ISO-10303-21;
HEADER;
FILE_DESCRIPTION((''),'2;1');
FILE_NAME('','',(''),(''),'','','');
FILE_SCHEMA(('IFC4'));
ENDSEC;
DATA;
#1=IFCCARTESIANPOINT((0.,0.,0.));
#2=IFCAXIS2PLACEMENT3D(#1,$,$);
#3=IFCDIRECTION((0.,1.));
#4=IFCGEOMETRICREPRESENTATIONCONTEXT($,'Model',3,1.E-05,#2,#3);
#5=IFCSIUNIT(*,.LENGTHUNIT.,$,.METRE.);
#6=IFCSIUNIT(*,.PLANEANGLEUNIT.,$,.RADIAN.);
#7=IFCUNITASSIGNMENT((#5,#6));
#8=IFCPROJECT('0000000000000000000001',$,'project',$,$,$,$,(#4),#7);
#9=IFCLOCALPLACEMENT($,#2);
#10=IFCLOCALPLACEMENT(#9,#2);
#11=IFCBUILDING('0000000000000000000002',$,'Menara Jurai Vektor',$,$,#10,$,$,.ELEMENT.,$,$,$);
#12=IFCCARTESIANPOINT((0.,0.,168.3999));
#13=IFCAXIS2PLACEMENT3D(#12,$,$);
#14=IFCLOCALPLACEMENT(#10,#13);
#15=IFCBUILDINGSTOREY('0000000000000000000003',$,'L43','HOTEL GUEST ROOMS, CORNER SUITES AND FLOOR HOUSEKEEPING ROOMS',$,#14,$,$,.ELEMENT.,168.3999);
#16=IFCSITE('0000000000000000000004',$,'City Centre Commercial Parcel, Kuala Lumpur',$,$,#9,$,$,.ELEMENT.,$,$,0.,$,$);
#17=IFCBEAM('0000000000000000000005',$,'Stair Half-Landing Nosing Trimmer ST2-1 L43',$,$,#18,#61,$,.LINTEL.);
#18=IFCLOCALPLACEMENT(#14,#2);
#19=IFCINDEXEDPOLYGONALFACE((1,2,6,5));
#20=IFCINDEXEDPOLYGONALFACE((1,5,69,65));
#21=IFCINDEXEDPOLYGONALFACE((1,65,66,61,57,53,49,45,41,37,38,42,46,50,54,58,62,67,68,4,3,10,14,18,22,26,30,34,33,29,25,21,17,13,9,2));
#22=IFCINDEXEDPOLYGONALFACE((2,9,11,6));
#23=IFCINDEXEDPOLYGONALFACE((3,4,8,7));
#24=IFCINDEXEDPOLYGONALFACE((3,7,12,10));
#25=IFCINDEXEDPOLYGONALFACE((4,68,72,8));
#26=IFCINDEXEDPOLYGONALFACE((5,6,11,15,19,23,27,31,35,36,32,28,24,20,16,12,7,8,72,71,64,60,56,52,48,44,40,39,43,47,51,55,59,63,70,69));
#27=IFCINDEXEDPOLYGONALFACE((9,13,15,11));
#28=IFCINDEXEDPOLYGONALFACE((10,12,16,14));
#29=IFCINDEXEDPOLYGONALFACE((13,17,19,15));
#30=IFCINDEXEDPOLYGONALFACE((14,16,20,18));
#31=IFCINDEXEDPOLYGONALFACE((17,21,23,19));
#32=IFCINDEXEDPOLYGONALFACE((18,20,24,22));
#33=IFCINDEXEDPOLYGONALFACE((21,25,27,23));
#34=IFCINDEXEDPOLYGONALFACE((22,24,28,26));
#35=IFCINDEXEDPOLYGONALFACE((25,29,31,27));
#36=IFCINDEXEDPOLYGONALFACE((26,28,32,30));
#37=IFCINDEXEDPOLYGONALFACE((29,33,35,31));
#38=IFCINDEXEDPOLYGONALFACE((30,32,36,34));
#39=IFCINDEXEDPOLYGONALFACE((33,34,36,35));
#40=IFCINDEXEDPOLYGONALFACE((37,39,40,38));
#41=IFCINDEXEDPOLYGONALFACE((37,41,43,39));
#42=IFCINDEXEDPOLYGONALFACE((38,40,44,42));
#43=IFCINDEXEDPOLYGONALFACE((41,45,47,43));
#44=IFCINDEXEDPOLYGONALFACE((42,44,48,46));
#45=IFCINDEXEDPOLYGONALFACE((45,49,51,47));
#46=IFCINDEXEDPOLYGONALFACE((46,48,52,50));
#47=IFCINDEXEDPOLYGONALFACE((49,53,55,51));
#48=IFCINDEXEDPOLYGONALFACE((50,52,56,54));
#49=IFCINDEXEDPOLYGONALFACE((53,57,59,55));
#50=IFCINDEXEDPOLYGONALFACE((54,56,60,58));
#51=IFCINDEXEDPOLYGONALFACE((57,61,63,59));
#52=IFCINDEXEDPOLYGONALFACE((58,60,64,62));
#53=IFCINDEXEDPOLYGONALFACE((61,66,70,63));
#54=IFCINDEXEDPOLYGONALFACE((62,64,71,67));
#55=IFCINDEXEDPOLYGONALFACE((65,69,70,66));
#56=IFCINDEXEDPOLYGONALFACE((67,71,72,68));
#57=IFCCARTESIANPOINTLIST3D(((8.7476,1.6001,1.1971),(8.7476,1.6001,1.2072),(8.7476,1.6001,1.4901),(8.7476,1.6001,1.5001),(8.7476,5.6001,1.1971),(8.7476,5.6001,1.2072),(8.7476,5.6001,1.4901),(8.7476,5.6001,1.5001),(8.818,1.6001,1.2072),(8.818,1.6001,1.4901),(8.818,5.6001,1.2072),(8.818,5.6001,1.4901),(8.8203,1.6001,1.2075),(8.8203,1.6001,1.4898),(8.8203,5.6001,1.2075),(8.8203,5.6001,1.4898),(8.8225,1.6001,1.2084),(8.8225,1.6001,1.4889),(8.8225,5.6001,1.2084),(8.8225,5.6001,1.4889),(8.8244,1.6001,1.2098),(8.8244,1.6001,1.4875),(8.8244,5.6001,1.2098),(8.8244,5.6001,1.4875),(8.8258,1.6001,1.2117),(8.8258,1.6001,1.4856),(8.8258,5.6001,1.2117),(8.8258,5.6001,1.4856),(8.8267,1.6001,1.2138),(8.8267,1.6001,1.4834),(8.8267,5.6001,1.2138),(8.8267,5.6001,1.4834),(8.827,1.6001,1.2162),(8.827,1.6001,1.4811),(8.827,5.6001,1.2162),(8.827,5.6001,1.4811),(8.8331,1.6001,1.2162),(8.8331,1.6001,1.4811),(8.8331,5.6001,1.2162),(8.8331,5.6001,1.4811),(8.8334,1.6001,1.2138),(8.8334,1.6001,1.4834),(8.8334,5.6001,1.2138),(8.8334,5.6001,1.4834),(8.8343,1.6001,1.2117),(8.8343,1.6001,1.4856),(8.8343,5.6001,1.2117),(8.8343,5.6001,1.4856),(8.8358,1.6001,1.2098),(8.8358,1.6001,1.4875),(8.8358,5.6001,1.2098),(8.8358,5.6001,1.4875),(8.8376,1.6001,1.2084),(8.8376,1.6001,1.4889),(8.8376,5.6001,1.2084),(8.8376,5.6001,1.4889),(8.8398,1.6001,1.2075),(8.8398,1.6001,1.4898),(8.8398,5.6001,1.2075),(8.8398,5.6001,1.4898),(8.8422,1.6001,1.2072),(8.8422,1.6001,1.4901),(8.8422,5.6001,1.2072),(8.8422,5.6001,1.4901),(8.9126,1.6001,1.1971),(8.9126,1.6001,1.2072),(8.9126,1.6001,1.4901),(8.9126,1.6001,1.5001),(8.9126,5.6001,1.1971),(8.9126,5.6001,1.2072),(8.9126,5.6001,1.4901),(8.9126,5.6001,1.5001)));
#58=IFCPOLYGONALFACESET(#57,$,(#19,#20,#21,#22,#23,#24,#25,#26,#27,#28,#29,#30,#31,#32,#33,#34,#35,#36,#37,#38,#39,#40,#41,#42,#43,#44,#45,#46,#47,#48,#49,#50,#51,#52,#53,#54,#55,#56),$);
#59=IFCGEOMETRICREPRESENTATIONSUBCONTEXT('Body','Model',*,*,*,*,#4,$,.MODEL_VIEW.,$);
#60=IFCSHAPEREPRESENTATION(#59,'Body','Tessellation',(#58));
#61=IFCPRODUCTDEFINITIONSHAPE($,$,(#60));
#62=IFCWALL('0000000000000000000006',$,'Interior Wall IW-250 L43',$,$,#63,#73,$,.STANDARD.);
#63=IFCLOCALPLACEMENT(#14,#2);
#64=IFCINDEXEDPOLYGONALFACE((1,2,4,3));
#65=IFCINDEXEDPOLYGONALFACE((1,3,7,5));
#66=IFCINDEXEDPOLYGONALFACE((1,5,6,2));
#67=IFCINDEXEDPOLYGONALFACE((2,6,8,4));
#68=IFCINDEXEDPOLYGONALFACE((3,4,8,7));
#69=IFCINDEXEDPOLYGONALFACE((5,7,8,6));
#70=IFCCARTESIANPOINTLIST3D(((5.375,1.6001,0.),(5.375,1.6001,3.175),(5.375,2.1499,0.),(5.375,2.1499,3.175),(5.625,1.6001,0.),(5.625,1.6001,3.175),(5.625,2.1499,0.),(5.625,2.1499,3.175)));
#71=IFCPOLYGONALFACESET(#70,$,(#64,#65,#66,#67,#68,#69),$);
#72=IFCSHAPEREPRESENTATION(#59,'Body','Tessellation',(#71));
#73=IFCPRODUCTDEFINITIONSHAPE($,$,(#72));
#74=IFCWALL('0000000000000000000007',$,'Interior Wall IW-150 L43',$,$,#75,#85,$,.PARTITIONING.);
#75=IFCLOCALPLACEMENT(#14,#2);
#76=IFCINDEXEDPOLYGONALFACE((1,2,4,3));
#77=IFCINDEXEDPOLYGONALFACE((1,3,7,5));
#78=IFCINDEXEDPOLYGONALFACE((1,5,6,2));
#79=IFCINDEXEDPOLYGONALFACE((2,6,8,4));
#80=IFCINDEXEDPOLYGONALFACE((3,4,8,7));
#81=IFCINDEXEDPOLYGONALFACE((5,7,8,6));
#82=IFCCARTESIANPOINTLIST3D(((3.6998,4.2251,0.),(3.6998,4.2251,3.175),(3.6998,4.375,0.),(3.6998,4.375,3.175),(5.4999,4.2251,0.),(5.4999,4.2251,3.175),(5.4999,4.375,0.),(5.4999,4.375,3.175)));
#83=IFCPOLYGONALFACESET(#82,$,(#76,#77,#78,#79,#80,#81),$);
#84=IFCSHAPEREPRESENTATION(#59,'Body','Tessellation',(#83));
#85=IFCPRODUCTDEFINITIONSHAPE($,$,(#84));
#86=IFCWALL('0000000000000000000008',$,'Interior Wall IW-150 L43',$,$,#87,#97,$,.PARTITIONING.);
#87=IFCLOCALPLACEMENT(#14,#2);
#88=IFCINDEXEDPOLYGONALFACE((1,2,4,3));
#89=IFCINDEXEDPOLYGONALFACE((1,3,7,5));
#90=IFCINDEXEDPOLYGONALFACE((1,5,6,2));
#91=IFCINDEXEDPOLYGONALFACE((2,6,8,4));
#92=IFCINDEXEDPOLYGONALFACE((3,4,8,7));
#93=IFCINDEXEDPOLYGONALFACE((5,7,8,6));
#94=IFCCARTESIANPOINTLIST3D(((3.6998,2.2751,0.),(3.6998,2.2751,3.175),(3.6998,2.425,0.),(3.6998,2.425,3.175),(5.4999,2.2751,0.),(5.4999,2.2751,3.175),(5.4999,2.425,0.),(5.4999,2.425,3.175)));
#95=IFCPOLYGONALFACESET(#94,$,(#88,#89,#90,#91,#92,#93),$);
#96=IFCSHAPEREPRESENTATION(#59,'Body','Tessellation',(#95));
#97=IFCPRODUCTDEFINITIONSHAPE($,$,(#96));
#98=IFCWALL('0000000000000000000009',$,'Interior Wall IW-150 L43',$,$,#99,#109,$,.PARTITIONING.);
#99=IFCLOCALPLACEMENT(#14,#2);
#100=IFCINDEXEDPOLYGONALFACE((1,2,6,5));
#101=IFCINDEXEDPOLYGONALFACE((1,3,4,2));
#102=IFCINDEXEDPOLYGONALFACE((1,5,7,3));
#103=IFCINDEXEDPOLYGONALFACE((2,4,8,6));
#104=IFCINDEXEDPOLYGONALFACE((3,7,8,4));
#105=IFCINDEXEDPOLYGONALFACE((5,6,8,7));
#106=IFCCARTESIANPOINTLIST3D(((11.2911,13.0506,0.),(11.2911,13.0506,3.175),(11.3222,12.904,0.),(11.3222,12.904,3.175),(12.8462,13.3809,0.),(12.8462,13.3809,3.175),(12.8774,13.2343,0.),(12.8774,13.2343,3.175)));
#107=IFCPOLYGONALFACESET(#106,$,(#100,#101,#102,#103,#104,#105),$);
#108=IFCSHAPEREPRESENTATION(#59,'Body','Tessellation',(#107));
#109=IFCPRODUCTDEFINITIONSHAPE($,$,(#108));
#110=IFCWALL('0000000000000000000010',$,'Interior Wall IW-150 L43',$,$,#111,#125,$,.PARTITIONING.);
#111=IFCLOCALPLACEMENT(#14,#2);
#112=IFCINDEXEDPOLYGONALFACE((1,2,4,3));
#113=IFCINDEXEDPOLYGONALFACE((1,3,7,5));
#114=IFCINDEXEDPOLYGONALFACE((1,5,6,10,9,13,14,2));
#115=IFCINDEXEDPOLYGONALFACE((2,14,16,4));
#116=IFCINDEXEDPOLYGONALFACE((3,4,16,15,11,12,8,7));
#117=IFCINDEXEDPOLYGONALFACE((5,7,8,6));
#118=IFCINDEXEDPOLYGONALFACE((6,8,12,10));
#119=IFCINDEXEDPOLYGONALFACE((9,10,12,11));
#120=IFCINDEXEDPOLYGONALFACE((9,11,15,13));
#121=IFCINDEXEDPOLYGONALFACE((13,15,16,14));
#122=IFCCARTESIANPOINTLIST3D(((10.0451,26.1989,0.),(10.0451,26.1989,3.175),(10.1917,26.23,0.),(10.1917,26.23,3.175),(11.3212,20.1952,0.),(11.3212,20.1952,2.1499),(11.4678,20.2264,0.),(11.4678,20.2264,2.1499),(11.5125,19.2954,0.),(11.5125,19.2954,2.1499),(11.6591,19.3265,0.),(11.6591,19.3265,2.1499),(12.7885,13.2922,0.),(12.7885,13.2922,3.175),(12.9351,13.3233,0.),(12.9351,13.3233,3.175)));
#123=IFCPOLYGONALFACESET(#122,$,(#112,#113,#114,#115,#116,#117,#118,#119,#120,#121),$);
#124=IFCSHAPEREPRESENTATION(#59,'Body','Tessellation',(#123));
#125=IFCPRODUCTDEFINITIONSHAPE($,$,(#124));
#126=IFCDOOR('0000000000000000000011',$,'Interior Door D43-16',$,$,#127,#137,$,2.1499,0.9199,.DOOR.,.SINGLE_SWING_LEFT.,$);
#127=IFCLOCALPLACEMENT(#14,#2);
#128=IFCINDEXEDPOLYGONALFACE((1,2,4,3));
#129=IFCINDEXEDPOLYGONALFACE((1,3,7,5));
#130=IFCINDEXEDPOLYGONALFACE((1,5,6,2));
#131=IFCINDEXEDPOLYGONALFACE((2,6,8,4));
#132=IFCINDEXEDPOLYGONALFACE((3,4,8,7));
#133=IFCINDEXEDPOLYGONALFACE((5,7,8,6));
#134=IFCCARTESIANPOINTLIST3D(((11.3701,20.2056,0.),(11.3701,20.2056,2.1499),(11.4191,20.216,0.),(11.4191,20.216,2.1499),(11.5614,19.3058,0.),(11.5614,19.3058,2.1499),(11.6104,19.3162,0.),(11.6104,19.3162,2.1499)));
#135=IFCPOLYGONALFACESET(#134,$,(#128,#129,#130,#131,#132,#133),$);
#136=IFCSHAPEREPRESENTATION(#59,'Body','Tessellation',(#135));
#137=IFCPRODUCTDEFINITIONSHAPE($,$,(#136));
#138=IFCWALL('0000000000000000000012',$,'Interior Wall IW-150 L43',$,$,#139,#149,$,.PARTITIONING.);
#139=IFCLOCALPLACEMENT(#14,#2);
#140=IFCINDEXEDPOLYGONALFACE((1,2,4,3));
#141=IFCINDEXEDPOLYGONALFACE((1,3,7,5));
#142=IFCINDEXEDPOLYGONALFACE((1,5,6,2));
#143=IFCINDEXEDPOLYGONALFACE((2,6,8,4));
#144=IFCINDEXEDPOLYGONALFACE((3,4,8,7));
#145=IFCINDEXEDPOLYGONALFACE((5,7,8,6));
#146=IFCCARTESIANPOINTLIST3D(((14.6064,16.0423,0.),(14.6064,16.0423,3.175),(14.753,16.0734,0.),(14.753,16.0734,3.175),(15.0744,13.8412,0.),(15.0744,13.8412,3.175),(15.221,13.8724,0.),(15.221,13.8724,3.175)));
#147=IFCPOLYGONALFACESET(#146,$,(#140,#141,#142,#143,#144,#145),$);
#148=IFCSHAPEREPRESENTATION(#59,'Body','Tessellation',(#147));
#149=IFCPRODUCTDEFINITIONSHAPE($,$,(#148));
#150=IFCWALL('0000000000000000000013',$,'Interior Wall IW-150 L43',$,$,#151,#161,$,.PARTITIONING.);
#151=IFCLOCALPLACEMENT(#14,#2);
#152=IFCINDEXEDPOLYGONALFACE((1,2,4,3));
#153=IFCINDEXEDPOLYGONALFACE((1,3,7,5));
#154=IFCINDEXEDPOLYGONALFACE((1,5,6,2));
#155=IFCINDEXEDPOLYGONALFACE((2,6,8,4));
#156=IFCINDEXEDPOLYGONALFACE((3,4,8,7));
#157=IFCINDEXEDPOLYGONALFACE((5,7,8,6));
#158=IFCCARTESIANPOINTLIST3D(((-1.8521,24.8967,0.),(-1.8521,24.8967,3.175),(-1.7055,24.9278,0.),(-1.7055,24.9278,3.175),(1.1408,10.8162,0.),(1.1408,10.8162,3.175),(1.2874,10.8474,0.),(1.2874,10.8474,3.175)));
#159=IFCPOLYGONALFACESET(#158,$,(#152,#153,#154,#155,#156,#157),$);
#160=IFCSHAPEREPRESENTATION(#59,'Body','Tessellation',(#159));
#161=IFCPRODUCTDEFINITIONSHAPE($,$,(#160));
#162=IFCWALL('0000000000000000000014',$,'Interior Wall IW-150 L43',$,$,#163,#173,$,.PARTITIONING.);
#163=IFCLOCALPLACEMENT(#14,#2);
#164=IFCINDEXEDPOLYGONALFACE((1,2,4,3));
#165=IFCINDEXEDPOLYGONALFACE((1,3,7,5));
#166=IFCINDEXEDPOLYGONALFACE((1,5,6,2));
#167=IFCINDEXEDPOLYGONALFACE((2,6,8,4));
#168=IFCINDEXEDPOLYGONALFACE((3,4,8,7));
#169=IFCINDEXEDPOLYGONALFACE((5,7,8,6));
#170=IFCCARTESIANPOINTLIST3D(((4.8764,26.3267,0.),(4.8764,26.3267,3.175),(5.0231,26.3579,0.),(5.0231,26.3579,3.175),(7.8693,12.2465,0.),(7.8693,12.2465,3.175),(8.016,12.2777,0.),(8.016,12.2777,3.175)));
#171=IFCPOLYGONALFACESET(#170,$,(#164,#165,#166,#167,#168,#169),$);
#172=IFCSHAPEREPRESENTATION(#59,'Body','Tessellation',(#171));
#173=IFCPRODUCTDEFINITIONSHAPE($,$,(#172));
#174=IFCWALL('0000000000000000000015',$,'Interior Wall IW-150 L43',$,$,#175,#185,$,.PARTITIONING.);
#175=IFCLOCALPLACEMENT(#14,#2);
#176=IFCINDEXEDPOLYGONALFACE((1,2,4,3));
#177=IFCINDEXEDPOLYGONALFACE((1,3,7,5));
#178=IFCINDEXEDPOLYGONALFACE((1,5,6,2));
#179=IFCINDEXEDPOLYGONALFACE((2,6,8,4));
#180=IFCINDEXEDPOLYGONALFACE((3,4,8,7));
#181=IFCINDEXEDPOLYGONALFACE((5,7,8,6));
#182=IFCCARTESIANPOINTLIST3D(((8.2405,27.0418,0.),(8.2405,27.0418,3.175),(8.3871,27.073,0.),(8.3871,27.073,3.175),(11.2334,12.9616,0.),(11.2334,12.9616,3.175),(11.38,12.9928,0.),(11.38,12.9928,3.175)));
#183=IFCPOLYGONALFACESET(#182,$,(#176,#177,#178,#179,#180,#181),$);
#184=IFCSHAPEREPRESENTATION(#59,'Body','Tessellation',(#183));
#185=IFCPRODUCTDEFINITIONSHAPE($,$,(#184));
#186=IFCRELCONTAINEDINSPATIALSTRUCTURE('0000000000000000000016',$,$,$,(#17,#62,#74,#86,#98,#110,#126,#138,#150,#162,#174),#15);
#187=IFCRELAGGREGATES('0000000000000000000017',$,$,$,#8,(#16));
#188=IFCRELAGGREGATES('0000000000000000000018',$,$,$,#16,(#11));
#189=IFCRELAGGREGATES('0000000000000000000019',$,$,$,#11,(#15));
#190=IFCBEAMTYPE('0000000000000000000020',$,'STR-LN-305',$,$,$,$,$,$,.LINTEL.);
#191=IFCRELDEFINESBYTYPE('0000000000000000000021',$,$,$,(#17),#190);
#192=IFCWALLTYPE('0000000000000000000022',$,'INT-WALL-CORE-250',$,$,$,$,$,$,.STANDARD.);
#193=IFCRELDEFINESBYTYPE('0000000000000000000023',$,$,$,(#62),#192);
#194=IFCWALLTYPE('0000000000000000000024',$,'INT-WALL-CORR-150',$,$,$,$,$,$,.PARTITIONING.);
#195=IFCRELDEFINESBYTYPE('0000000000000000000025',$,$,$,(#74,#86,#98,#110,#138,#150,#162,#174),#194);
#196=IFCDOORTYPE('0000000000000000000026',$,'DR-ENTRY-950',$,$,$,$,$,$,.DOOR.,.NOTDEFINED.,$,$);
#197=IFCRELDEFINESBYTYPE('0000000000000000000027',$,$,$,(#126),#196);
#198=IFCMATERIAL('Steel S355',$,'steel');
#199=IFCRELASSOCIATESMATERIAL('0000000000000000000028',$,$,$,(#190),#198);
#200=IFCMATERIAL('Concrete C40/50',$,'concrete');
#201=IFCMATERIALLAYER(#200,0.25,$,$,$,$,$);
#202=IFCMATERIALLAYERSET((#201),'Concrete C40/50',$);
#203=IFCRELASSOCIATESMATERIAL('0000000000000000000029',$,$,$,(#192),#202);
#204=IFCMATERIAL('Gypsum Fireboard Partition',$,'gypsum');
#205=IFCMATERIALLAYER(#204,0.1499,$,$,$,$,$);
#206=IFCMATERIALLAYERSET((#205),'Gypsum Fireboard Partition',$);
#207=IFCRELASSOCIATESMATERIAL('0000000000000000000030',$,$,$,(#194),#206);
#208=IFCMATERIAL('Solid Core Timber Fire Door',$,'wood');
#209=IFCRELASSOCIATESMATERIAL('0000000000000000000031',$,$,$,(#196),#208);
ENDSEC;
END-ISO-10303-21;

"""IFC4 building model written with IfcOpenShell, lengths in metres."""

from ifc_helpers import new_model, si_unit, direction, frame, frame_2d, origin, origin_2d, place, context, subcontext, project, spatial, rectangle, i_section, extrude, material, layer, layer_set, material_profile, profile_set, type_object, element, fill, save


model = new_model("IFC4")

# Units and contexts
model_context = context("Model", 3, precision=1e-05, world=origin(), true_north=direction((0.0, 1.0)))
body_context = subcontext(model_context, "Body", "Model", "MODEL_VIEW")
ifc_project = project(units=[si_unit("LENGTHUNIT", "METRE"), si_unit("PLANEANGLEUNIT", "RADIAN")], contexts=[model_context])

# Site, building, storey
site_placement = place(None, origin())
site = spatial("IfcSite", under=ifc_project, at=site_placement, Name="City Centre Commercial Parcel, Kuala Lumpur", CompositionType="ELEMENT", RefElevation=0.0)
building_placement = place(site_placement, origin())
building = spatial("IfcBuilding", under=site, at=building_placement, Name="Menara Jurai Vektor", CompositionType="ELEMENT")
storey_placement = place(building_placement, frame((0.0, 0.0, 168.3999)))
storey = spatial("IfcBuildingStorey", under=building, at=storey_placement, Name="L43", Description="HOTEL GUEST ROOMS, CORNER SUITES AND FLOOR HOUSEKEEPING ROOMS", CompositionType="ELEMENT", Elevation=168.3999)

# Shared definitions
ifc_material_1 = material(Name="Steel S355", Category="steel")

# Beam
ifc_material_profile_1 = material_profile(ifc_material_1, i_section(OverallWidth=0.165, OverallDepth=0.303, WebThickness=0.0061, FlangeThickness=0.01, FilletRadius=0.009, at=origin_2d()), Name="UKB 305x165x40")
ifc_profile_set_1 = profile_set([ifc_material_profile_1], Name="Steel S355")
beam_type_1 = type_object("IfcBeamType", Name="STR-LN-305", PredefinedType="LINTEL", material=ifc_profile_set_1)
beam_1_placement = place(storey_placement, frame((8.8301, 1.6001, 1.3486), z_axis=(0.0, 1.0, 0.0), x_axis=(-1.0, 0.0, 0.0)))
element("IfcBeam", 1, at=beam_1_placement, inside=storey, type_object=beam_type_1, Name="Stair Half-Landing Nosing Trimmer ST2-1 L43", PredefinedType="LINTEL", context=body_context, shape_type="SweptSolid", body=[
    extrude(i_section(OverallWidth=0.165, OverallDepth=0.303, WebThickness=0.0061, FlangeThickness=0.01, FilletRadius=0.009, at=origin_2d()), origin(), (0.0, 0.0, 1.0), 4.0),
])

# Shared definitions
ifc_material_2 = material(Name="Concrete C40/50", Category="concrete")
ifc_layer_1 = layer(ifc_material_2, 0.25)
ifc_layer_set_1 = layer_set([ifc_layer_1], Name="Concrete C40/50")
wall_type_1 = type_object("IfcWallType", Name="INT-WALL-CORE-250", PredefinedType="STANDARD", material=ifc_layer_set_1)

# Walls
wall_1_placement = place(storey_placement, frame((5.5, 1.6001, 0.0), z_axis=(0.0, 0.0, 1.0), x_axis=(0.0, 1.0, 0.0)))
element("IfcWall", 2, at=wall_1_placement, inside=storey, type_object=wall_type_1, Name="Interior Wall IW-250 L43", PredefinedType="STANDARD", context=body_context, shape_type="SweptSolid", body=[
    extrude(rectangle(XDim=0.5498, YDim=0.25, at=frame_2d((0.2749, 0.0))), origin(), (0.0, 0.0, 1.0), 3.175),
])
ifc_material_3 = material(Name="Gypsum Fireboard Partition", Category="gypsum")
ifc_layer_2 = layer(ifc_material_3, 0.1499)
ifc_layer_set_2 = layer_set([ifc_layer_2], Name="Gypsum Fireboard Partition")
wall_type_2 = type_object("IfcWallType", Name="INT-WALL-CORR-150", PredefinedType="PARTITIONING", material=ifc_layer_set_2)
for number, where, z_axis, x_axis, name in (
    (3, (3.7, 4.3, 0.0), (0.0, 0.0, 1.0), (1.0, 0.0, 0.0), "Interior Wall IW-150 L43"),
    (4, (3.7, 2.3501, 0.0), (0.0, 0.0, 1.0), (1.0, 0.0, 0.0), "Interior Wall IW-150 L43"),
):
    element("IfcWall", number, at=place(storey_placement, frame(where, z_axis=z_axis, x_axis=x_axis)), inside=storey, type_object=wall_type_2, Name=name, PredefinedType="PARTITIONING", context=body_context, shape_type="SweptSolid", body=[
        extrude(rectangle(XDim=1.8, YDim=0.1499, at=frame_2d((0.8999, 0.0))), origin(), (0.0, 0.0, 1.0), 3.175),
    ])

# Shared definitions
ifc_material_4 = material(Name="Solid Core Timber Fire Door", Category="wood")
door_type_1 = type_object("IfcDoorType", Name="DR-ENTRY-950", OperationType="NOTDEFINED", PredefinedType="DOOR", material=ifc_material_4)

# Wall
wall_2_placement = place(storey_placement, frame((11.3066, 12.9773, 0.0), z_axis=(0.0, 0.0, 1.0), x_axis=(0.978178, 0.207767, 0.0)))
element("IfcWall", 5, at=wall_2_placement, inside=storey, type_object=wall_type_2, Name="Interior Wall IW-150 L43", PredefinedType="PARTITIONING", context=body_context, shape_type="SweptSolid", body=[
    extrude(rectangle(XDim=1.5898, YDim=0.1499, at=frame_2d((0.7949, 0.0))), origin(), (0.0, 0.0, 1.0), 3.175),
])

# Wall, opening, door
wall_3_placement = place(storey_placement, frame((12.8618, 13.3076, 0.0), z_axis=(0.0, 0.0, 1.0), x_axis=(-0.207911, 0.978148, 0.0)))
wall_3 = element("IfcWall", 6, at=wall_3_placement, inside=storey, type_object=wall_type_2, Name="Interior Wall IW-150 L43", PredefinedType="PARTITIONING", context=body_context, shape_type="SweptSolid", body=[
    extrude(rectangle(XDim=13.1951, YDim=0.1499, at=frame_2d((6.5977, 0.0))), origin(), (0.0, 0.0, 1.0), 3.175),
])
opening_1_placement = place(wall_3_placement, frame((6.1375, 0.0, 0.0)))
opening_1 = element("IfcOpeningElement", 7, at=opening_1_placement, cuts=wall_3, PredefinedType="OPENING", context=body_context, shape_type="SweptSolid", body=[
    extrude(rectangle(XDim=0.9199, YDim=2.1499, at=frame_2d((0.46, 1.075))), frame((0.0, 0.085, 0.0), z_axis=(0.0, -1.0, 0.0), x_axis=(1.0, 0.0, 0.0)), (0.0, 0.0, 1.0), 0.1699),
])
door_1_placement = place(opening_1_placement, origin())
door_1 = element("IfcDoor", 8, at=door_1_placement, inside=storey, type_object=door_type_1, Name="Interior Door D43-16", OperationType="SINGLE_SWING_LEFT", OverallHeight=2.1499, OverallWidth=0.9199, PredefinedType="DOOR", context=body_context, shape_type="SweptSolid", body=[
    extrude(rectangle(XDim=0.9199, YDim=2.1499, at=frame_2d((0.46, 1.075))), frame((0.0, 0.0249, 0.0), z_axis=(0.0, -1.0, 0.0), x_axis=(1.0, 0.0, 0.0)), (0.0, 0.0, 1.0), 0.05),
])
fill(opening_1, door_1)

# Walls
wall_4_placement = place(storey_placement, frame((15.1477, 13.8569, 0.0), z_axis=(0.0, 0.0, 1.0), x_axis=(-0.207995, 0.97813, 0.0)))
element("IfcWall", 9, at=wall_4_placement, inside=storey, type_object=wall_type_2, Name="Interior Wall IW-150 L43", PredefinedType="PARTITIONING", context=body_context, shape_type="SweptSolid", body=[
    extrude(rectangle(XDim=2.2502, YDim=0.1499, at=frame_2d((1.125, 0.0))), origin(), (0.0, 0.0, 1.0), 3.175),
])
wall_5_placement = place(storey_placement, frame((1.2141, 10.8318, 0.0), z_axis=(0.0, 0.0, 1.0), x_axis=(-0.207912, 0.978148, 0.0)))
element("IfcWall", 10, at=wall_5_placement, inside=storey, type_object=wall_type_2, Name="Interior Wall IW-150 L43", PredefinedType="PARTITIONING", context=body_context, shape_type="SweptSolid", body=[
    extrude(rectangle(XDim=14.395, YDim=0.1499, at=frame_2d((7.1975, 0.0))), origin(), (0.0, 0.0, 1.0), 3.175),
])
for number, where, z_axis, x_axis, name in (
    (11, (7.9426, 12.2622, 0.0), (0.0, 0.0, 1.0), (-0.207915, 0.978147, 0.0), "Interior Wall IW-150 L43"),
    (12, (11.3066, 12.9773, 0.0), (0.0, 0.0, 1.0), (-0.207915, 0.978147, 0.0), "Interior Wall IW-150 L43"),
):
    element("IfcWall", number, at=place(storey_placement, frame(where, z_axis=z_axis, x_axis=x_axis)), inside=storey, type_object=wall_type_2, Name=name, PredefinedType="PARTITIONING", context=body_context, shape_type="SweptSolid", body=[
        extrude(rectangle(XDim=14.3948, YDim=0.1499, at=frame_2d((7.1973, 0.0))), origin(), (0.0, 0.0, 1.0), 3.175),
    ])

save(model, "model.ifc")
